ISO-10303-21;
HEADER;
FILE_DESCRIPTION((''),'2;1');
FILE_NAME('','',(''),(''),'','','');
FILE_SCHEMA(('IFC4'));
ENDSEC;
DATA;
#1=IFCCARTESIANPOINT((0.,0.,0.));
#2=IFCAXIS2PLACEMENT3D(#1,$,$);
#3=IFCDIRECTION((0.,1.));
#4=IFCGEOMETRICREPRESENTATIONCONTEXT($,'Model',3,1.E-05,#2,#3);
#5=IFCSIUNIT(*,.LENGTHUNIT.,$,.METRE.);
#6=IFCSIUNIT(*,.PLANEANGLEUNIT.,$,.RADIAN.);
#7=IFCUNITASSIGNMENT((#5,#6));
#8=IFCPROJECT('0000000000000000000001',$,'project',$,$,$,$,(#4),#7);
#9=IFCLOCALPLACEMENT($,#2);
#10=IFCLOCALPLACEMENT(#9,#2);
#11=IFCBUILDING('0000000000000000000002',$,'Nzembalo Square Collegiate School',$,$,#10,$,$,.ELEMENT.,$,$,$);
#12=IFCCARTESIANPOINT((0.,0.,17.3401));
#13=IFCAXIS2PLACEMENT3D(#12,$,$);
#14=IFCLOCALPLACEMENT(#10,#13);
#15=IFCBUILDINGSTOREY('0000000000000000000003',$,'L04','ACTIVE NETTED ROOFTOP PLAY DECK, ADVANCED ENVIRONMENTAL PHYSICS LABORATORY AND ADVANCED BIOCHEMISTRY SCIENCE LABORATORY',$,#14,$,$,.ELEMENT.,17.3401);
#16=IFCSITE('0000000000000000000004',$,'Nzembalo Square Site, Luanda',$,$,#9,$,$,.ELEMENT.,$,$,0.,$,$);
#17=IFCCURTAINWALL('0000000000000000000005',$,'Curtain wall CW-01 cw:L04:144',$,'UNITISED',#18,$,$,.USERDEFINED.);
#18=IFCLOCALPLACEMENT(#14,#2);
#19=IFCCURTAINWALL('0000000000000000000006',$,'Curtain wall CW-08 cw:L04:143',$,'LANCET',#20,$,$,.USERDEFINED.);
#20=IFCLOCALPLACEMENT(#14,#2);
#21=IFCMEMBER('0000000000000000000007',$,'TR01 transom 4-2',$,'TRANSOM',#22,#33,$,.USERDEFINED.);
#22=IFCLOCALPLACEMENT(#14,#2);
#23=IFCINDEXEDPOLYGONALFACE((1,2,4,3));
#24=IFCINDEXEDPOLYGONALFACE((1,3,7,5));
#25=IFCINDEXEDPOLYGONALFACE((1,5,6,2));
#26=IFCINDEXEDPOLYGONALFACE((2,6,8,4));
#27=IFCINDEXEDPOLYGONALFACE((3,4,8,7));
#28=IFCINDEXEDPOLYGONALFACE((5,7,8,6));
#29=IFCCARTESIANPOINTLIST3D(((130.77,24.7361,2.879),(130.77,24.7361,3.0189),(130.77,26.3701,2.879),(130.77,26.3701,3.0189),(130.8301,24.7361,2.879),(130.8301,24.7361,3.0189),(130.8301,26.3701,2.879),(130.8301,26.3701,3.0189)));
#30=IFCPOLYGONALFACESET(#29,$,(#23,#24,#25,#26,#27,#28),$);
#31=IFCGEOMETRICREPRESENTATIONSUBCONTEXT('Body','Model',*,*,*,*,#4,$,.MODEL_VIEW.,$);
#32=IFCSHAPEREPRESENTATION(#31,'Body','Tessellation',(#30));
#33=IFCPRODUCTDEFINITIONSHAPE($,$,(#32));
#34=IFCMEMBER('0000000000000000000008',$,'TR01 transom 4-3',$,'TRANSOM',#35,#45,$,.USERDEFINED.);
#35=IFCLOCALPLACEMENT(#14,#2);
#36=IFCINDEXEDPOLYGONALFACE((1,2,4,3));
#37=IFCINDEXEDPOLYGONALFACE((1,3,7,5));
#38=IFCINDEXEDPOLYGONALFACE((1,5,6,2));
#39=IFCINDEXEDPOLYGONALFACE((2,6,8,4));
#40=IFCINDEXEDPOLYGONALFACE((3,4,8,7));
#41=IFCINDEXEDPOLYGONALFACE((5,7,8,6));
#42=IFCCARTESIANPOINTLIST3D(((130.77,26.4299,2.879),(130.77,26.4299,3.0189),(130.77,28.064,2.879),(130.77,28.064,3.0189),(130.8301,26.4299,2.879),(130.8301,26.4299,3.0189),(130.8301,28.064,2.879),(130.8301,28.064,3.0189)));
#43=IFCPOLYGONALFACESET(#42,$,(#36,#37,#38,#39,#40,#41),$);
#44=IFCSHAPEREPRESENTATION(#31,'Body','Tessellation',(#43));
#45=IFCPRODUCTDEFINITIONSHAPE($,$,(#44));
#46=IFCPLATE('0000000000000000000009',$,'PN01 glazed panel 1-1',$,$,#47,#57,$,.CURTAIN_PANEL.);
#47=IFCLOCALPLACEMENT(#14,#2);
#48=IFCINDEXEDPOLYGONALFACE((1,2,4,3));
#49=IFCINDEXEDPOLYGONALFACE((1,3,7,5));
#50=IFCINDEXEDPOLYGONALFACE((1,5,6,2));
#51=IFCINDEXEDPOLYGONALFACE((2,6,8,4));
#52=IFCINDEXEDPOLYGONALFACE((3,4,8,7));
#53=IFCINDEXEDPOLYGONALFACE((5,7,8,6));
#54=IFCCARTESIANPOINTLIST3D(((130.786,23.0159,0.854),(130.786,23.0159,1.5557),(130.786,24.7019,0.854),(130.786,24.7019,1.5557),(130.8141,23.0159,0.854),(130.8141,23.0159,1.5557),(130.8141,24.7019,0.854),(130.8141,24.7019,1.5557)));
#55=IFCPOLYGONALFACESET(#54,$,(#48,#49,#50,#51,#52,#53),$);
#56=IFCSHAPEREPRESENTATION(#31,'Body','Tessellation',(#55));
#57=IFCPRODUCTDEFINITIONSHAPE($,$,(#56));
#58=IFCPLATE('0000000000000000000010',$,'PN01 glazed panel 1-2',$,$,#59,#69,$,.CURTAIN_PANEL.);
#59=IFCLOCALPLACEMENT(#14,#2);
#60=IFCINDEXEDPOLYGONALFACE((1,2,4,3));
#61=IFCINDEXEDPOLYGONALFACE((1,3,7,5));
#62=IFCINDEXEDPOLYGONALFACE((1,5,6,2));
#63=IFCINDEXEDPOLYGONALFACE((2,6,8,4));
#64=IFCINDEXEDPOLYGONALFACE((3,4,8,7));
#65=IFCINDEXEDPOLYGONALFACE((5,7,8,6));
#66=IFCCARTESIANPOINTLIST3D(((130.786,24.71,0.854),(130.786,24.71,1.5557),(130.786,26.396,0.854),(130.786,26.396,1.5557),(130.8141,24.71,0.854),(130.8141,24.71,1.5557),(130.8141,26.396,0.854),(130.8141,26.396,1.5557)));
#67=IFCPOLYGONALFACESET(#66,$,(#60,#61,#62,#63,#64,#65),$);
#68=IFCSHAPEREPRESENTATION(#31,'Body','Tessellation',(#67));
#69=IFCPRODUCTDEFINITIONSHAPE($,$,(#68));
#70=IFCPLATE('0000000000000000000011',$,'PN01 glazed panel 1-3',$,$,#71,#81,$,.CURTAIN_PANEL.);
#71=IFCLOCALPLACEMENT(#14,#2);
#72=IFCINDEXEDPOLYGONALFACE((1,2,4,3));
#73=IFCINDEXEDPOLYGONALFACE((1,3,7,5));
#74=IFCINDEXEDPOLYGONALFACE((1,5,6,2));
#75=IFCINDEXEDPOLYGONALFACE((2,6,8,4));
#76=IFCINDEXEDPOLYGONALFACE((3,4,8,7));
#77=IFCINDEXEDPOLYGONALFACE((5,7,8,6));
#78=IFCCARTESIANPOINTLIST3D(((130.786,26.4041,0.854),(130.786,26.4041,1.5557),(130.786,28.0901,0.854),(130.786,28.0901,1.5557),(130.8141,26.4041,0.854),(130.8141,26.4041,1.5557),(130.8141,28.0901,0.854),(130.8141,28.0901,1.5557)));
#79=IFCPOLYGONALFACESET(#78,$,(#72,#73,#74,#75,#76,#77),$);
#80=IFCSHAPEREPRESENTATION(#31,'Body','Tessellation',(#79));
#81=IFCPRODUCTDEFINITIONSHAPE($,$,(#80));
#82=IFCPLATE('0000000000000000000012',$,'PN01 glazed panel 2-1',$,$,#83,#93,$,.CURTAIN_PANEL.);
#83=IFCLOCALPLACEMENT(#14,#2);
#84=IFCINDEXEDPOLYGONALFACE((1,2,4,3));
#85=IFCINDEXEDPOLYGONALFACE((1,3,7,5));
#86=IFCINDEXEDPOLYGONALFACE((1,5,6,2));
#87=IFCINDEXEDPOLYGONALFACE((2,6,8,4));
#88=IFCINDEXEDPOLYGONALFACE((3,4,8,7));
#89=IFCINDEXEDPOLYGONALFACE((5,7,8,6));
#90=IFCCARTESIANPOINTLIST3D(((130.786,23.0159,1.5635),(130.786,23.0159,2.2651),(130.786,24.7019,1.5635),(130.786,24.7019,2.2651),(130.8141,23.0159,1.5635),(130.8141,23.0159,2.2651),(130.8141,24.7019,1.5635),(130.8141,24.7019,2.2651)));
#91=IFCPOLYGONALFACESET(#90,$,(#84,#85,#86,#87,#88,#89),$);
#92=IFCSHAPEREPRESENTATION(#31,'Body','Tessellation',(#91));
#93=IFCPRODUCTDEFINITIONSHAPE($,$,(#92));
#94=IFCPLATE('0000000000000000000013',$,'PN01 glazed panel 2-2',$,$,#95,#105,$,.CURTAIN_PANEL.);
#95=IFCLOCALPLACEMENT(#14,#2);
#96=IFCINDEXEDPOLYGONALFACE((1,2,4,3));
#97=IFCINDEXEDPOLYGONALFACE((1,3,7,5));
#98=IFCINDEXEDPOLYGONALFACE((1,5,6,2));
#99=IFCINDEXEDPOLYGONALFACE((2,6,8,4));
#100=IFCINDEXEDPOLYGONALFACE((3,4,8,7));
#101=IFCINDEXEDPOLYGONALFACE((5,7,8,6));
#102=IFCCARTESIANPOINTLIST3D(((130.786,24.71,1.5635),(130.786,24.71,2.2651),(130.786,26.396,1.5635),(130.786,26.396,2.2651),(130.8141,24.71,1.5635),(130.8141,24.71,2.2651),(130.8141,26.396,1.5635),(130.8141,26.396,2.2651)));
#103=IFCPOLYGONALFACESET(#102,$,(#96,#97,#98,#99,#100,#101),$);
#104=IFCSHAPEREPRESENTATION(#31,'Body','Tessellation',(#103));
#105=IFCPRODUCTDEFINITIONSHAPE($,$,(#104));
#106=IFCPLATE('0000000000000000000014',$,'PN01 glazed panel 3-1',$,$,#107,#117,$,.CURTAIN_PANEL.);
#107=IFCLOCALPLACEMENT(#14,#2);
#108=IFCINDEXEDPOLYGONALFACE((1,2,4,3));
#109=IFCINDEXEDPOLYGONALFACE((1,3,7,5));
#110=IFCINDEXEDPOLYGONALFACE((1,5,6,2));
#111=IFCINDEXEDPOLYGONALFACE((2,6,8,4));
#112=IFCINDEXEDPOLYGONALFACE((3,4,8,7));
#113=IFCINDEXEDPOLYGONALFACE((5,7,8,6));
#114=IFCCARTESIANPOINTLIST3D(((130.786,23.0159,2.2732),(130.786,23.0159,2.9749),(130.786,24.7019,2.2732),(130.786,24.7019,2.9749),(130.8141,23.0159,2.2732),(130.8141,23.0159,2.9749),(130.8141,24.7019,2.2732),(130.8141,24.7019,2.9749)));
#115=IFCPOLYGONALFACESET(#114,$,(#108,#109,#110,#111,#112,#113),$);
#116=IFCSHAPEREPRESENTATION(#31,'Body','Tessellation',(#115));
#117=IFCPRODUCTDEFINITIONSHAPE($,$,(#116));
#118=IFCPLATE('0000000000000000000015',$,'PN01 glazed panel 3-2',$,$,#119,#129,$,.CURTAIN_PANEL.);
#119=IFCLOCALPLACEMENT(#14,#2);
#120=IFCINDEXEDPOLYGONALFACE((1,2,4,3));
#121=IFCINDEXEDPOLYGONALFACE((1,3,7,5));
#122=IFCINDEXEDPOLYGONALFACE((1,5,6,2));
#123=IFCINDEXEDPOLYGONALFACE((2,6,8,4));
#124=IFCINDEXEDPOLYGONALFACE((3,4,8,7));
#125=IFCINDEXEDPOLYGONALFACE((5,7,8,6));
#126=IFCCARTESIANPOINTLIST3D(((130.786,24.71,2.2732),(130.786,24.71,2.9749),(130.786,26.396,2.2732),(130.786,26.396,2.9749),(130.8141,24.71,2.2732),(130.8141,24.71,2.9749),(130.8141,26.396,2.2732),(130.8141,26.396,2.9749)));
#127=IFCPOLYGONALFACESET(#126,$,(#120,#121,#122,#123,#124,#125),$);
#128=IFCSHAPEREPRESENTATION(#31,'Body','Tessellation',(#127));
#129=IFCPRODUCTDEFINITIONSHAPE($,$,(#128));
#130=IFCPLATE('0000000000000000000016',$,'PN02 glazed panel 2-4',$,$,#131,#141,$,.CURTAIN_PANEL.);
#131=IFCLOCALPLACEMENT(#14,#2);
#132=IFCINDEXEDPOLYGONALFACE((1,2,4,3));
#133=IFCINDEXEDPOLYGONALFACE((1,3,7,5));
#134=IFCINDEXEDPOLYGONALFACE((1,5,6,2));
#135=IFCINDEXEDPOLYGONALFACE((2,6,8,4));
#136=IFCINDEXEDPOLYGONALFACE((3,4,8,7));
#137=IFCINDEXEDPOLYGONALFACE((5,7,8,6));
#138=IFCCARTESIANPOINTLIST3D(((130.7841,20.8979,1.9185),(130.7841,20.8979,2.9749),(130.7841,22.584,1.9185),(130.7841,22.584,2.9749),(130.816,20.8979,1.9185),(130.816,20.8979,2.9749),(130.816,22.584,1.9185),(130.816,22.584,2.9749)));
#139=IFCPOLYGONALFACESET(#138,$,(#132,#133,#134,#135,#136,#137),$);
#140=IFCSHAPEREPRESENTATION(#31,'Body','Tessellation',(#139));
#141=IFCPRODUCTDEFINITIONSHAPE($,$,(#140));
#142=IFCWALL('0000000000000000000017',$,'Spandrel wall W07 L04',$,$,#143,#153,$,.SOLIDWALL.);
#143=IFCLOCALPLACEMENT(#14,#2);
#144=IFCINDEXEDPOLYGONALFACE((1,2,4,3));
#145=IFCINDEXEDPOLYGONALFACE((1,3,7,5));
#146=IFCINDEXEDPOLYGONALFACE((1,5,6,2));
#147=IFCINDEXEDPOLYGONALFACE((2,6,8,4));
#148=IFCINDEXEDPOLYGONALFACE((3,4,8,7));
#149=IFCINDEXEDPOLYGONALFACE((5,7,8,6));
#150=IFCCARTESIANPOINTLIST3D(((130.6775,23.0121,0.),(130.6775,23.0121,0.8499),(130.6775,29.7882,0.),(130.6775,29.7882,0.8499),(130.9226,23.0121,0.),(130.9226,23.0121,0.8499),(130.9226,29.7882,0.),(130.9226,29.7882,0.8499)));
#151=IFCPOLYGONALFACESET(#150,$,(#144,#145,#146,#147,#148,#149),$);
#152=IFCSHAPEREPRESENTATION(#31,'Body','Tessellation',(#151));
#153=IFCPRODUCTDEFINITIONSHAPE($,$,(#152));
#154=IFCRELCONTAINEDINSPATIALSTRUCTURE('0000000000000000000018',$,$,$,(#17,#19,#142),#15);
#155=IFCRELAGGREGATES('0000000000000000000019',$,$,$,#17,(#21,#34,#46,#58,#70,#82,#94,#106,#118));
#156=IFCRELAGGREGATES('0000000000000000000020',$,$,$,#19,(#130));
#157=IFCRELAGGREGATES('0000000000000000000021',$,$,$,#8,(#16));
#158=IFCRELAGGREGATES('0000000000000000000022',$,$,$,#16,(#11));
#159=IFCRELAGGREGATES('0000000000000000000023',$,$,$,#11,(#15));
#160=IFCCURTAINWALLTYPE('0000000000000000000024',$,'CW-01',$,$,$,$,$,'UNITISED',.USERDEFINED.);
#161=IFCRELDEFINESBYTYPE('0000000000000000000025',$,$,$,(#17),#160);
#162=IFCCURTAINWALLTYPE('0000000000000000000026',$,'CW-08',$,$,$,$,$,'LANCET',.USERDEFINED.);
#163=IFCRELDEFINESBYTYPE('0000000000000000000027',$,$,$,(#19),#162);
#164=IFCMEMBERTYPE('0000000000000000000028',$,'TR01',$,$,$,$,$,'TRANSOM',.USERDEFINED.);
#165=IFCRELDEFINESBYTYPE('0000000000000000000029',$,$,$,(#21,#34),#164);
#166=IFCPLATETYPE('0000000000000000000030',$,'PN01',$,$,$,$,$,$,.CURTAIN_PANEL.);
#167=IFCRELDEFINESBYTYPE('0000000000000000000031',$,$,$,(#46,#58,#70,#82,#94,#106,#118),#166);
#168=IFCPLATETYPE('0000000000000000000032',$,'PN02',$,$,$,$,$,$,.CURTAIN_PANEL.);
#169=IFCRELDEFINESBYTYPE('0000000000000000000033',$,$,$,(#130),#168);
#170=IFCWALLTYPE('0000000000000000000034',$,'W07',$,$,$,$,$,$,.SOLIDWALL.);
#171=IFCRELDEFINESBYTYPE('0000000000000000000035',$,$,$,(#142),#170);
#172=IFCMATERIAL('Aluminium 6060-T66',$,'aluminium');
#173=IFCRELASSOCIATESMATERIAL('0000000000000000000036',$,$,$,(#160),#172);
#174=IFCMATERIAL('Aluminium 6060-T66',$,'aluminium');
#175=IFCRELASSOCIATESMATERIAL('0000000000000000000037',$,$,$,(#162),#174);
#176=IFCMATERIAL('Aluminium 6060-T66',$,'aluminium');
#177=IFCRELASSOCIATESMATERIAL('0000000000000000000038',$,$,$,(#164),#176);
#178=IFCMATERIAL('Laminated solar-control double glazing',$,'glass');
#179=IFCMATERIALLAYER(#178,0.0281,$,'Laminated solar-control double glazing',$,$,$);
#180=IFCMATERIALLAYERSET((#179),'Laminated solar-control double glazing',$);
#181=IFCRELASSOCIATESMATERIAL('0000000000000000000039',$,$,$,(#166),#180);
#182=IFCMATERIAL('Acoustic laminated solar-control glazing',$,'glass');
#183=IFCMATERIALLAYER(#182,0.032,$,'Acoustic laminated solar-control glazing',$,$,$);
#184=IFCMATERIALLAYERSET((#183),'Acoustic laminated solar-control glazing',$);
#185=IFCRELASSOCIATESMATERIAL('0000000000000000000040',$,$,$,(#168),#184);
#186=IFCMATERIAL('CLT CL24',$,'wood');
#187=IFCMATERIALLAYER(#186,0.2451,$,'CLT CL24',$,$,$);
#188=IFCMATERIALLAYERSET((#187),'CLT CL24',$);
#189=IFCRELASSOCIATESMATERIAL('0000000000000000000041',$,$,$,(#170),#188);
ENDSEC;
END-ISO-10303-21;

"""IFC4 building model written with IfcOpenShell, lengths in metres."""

from ifc_helpers import new_model, si_unit, direction, frame, frame_2d, origin, origin_2d, place, context, subcontext, project, spatial, rectangle, extrude, material, layer, layer_set, material_profile, profile_set, type_object, element, aggregate, save


model = new_model("IFC4")

# Units and contexts
model_context = context("Model", 3, precision=1e-05, world=origin(), true_north=direction((0.0, 1.0)))
body_context = subcontext(model_context, "Body", "Model", "MODEL_VIEW")
ifc_project = project(units=[si_unit("LENGTHUNIT", "METRE"), si_unit("PLANEANGLEUNIT", "RADIAN")], contexts=[model_context])

# Site, building, storey
site_placement = place(None, origin())
site = spatial("IfcSite", under=ifc_project, at=site_placement, Name="Nzembalo Square Site, Luanda", CompositionType="ELEMENT", RefElevation=0.0)
building_placement = place(site_placement, origin())
building = spatial("IfcBuilding", under=site, at=building_placement, Name="Nzembalo Square Collegiate School", CompositionType="ELEMENT")
storey_placement = place(building_placement, frame((0.0, 0.0, 17.3401)))
storey = spatial("IfcBuildingStorey", under=building, at=storey_placement, Name="L04", Description="ACTIVE NETTED ROOFTOP PLAY DECK, ADVANCED ENVIRONMENTAL PHYSICS LABORATORY AND ADVANCED BIOCHEMISTRY SCIENCE LABORATORY", CompositionType="ELEMENT", Elevation=17.3401)

# Curtain wall
ifc_material_1 = material(Name="Aluminium 6060-T66", Category="aluminium")
curtain_wall_type_1 = type_object("IfcCurtainWallType", Name="CW-01", ElementType="UNITISED", PredefinedType="USERDEFINED", material=ifc_material_1)
curtain_wall_1_placement = place(storey_placement, origin())
curtain_wall_1 = element("IfcCurtainWall", 1, at=curtain_wall_1_placement, inside=storey, type_object=curtain_wall_type_1, Name="Curtain wall CW-01 cw:L04:144", ObjectType="UNITISED", PredefinedType="USERDEFINED")

# Curtain wall
ifc_material_2 = material(Name="Aluminium 6060-T66", Category="aluminium")
curtain_wall_type_2 = type_object("IfcCurtainWallType", Name="CW-08", ElementType="LANCET", PredefinedType="USERDEFINED", material=ifc_material_2)
curtain_wall_2_placement = place(storey_placement, origin())
curtain_wall_2 = element("IfcCurtainWall", 2, at=curtain_wall_2_placement, inside=storey, type_object=curtain_wall_type_2, Name="Curtain wall CW-08 cw:L04:143", ObjectType="LANCET", PredefinedType="USERDEFINED")

# Members
ifc_material_3 = material(Name="Aluminium 6060-T66", Category="aluminium")
ifc_material_profile_1 = material_profile(ifc_material_3, rectangle(XDim=0.0601, YDim=0.1399, at=origin_2d()), Name="ALU T60x140")
ifc_profile_set_1 = profile_set([ifc_material_profile_1], Name="Aluminium 6060-T66")
member_type_1 = type_object("IfcMemberType", Name="TR01", ElementType="TRANSOM", PredefinedType="USERDEFINED", material=ifc_profile_set_1)
member_1_placement = place(storey_placement, frame((130.8, 24.7361, 2.949), z_axis=(0.0, 1.0, 0.0), x_axis=(-1.0, 0.0, 0.0)))
member_1 = element("IfcMember", 3, at=member_1_placement, type_object=member_type_1, Name="TR01 transom 4-2", ObjectType="TRANSOM", PredefinedType="USERDEFINED", context=body_context, shape_type="SweptSolid", body=[
    extrude(rectangle(XDim=0.0601, YDim=0.1399, at=origin_2d()), origin(), (0.0, 0.0, 1.0), 1.634),
])
member_2_placement = place(storey_placement, frame((130.8, 26.4299, 2.949), z_axis=(0.0, 1.0, 0.0), x_axis=(-1.0, 0.0, 0.0)))
member_2 = element("IfcMember", 4, at=member_2_placement, type_object=member_type_1, Name="TR01 transom 4-3", ObjectType="TRANSOM", PredefinedType="USERDEFINED", context=body_context, shape_type="SweptSolid", body=[
    extrude(rectangle(XDim=0.0601, YDim=0.1399, at=origin_2d()), origin(), (0.0, 0.0, 1.0), 1.634),
])

# Plates
ifc_material_4 = material(Name="Laminated solar-control double glazing", Category="glass")
ifc_layer_1 = layer(ifc_material_4, 0.0281, Name="Laminated solar-control double glazing")
ifc_layer_set_1 = layer_set([ifc_layer_1], Name="Laminated solar-control double glazing")
plate_type_1 = type_object("IfcPlateType", Name="PN01", PredefinedType="CURTAIN_PANEL", material=ifc_layer_set_1)
plate_1_placement = place(storey_placement, frame((130.8, 23.8589, 0.854), z_axis=(0.0, 0.0, 1.0), x_axis=(0.0, 1.0, 0.0)))
plate_1 = element("IfcPlate", 5, at=plate_1_placement, type_object=plate_type_1, Name="PN01 glazed panel 1-1", PredefinedType="CURTAIN_PANEL", context=body_context, shape_type="SweptSolid", body=[
    extrude(rectangle(XDim=1.686, YDim=0.0281, at=origin_2d()), origin(), (0.0, 0.0, 1.0), 0.7017),
])
plate_2_placement = place(storey_placement, frame((130.8, 25.553, 0.854), z_axis=(0.0, 0.0, 1.0), x_axis=(0.0, 1.0, 0.0)))
plate_2 = element("IfcPlate", 6, at=plate_2_placement, type_object=plate_type_1, Name="PN01 glazed panel 1-2", PredefinedType="CURTAIN_PANEL", context=body_context, shape_type="SweptSolid", body=[
    extrude(rectangle(XDim=1.686, YDim=0.0281, at=origin_2d()), origin(), (0.0, 0.0, 1.0), 0.7017),
])
plate_3_placement = place(storey_placement, frame((130.8, 27.2471, 0.854), z_axis=(0.0, 0.0, 1.0), x_axis=(0.0, 1.0, 0.0)))
plate_3 = element("IfcPlate", 7, at=plate_3_placement, type_object=plate_type_1, Name="PN01 glazed panel 1-3", PredefinedType="CURTAIN_PANEL", context=body_context, shape_type="SweptSolid", body=[
    extrude(rectangle(XDim=1.686, YDim=0.0281, at=origin_2d()), origin(), (0.0, 0.0, 1.0), 0.7017),
])
plate_4_placement = place(storey_placement, frame((130.8, 23.8589, 1.5635), z_axis=(0.0, 0.0, 1.0), x_axis=(0.0, 1.0, 0.0)))
plate_4 = element("IfcPlate", 8, at=plate_4_placement, type_object=plate_type_1, Name="PN01 glazed panel 2-1", PredefinedType="CURTAIN_PANEL", context=body_context, shape_type="SweptSolid", body=[
    extrude(rectangle(XDim=1.686, YDim=0.0281, at=origin_2d()), origin(), (0.0, 0.0, 1.0), 0.7017),
])
plate_5_placement = place(storey_placement, frame((130.8, 25.553, 1.5635), z_axis=(0.0, 0.0, 1.0), x_axis=(0.0, 1.0, 0.0)))
plate_5 = element("IfcPlate", 9, at=plate_5_placement, type_object=plate_type_1, Name="PN01 glazed panel 2-2", PredefinedType="CURTAIN_PANEL", context=body_context, shape_type="SweptSolid", body=[
    extrude(rectangle(XDim=1.686, YDim=0.0281, at=origin_2d()), origin(), (0.0, 0.0, 1.0), 0.7017),
])
plate_6_placement = place(storey_placement, frame((130.8, 23.8589, 2.2732), z_axis=(0.0, 0.0, 1.0), x_axis=(0.0, 1.0, 0.0)))
plate_6 = element("IfcPlate", 10, at=plate_6_placement, type_object=plate_type_1, Name="PN01 glazed panel 3-1", PredefinedType="CURTAIN_PANEL", context=body_context, shape_type="SweptSolid", body=[
    extrude(rectangle(XDim=1.686, YDim=0.0281, at=origin_2d()), origin(), (0.0, 0.0, 1.0), 0.7017),
])
plate_7_placement = place(storey_placement, frame((130.8, 25.553, 2.2732), z_axis=(0.0, 0.0, 1.0), x_axis=(0.0, 1.0, 0.0)))
plate_7 = element("IfcPlate", 11, at=plate_7_placement, type_object=plate_type_1, Name="PN01 glazed panel 3-2", PredefinedType="CURTAIN_PANEL", context=body_context, shape_type="SweptSolid", body=[
    extrude(rectangle(XDim=1.686, YDim=0.0281, at=origin_2d()), origin(), (0.0, 0.0, 1.0), 0.7017),
])
aggregate(curtain_wall_1, [member_1, member_2, plate_1, plate_2, plate_3, plate_4, plate_5, plate_6, plate_7])
ifc_material_5 = material(Name="Acoustic laminated solar-control glazing", Category="glass")
ifc_layer_2 = layer(ifc_material_5, 0.032, Name="Acoustic laminated solar-control glazing")
ifc_layer_set_2 = layer_set([ifc_layer_2], Name="Acoustic laminated solar-control glazing")
plate_type_2 = type_object("IfcPlateType", Name="PN02", PredefinedType="CURTAIN_PANEL", material=ifc_layer_set_2)
plate_8_placement = place(storey_placement, frame((130.8, 21.741, 1.9185), z_axis=(0.0, 0.0, 1.0), x_axis=(0.0, 1.0, 0.0)))
plate_8 = element("IfcPlate", 12, at=plate_8_placement, type_object=plate_type_2, Name="PN02 glazed panel 2-4", PredefinedType="CURTAIN_PANEL", context=body_context, shape_type="SweptSolid", body=[
    extrude(rectangle(XDim=1.686, YDim=0.032, at=origin_2d()), origin(), (0.0, 0.0, 1.0), 1.0564),
])
aggregate(curtain_wall_2, [plate_8])

# Wall
ifc_material_6 = material(Name="CLT CL24", Category="wood")
ifc_layer_3 = layer(ifc_material_6, 0.2451, Name="CLT CL24")
ifc_layer_set_3 = layer_set([ifc_layer_3], Name="CLT CL24")
wall_type = type_object("IfcWallType", Name="W07", PredefinedType="SOLIDWALL", material=ifc_layer_set_3)
wall_placement = place(storey_placement, frame((130.8, 23.012, 0.0), z_axis=(0.0, 0.0, 1.0), x_axis=(0.0, 1.0, 0.0)))
element("IfcWall", 13, at=wall_placement, inside=storey, type_object=wall_type, Name="Spandrel wall W07 L04", PredefinedType="SOLIDWALL", context=body_context, shape_type="SweptSolid", body=[
    extrude(rectangle(XDim=6.7761, YDim=0.2451, at=frame_2d((3.3882, 0.0))), origin(), (0.0, 0.0, 1.0), 0.8499),
])

save(model, "model.ifc")
